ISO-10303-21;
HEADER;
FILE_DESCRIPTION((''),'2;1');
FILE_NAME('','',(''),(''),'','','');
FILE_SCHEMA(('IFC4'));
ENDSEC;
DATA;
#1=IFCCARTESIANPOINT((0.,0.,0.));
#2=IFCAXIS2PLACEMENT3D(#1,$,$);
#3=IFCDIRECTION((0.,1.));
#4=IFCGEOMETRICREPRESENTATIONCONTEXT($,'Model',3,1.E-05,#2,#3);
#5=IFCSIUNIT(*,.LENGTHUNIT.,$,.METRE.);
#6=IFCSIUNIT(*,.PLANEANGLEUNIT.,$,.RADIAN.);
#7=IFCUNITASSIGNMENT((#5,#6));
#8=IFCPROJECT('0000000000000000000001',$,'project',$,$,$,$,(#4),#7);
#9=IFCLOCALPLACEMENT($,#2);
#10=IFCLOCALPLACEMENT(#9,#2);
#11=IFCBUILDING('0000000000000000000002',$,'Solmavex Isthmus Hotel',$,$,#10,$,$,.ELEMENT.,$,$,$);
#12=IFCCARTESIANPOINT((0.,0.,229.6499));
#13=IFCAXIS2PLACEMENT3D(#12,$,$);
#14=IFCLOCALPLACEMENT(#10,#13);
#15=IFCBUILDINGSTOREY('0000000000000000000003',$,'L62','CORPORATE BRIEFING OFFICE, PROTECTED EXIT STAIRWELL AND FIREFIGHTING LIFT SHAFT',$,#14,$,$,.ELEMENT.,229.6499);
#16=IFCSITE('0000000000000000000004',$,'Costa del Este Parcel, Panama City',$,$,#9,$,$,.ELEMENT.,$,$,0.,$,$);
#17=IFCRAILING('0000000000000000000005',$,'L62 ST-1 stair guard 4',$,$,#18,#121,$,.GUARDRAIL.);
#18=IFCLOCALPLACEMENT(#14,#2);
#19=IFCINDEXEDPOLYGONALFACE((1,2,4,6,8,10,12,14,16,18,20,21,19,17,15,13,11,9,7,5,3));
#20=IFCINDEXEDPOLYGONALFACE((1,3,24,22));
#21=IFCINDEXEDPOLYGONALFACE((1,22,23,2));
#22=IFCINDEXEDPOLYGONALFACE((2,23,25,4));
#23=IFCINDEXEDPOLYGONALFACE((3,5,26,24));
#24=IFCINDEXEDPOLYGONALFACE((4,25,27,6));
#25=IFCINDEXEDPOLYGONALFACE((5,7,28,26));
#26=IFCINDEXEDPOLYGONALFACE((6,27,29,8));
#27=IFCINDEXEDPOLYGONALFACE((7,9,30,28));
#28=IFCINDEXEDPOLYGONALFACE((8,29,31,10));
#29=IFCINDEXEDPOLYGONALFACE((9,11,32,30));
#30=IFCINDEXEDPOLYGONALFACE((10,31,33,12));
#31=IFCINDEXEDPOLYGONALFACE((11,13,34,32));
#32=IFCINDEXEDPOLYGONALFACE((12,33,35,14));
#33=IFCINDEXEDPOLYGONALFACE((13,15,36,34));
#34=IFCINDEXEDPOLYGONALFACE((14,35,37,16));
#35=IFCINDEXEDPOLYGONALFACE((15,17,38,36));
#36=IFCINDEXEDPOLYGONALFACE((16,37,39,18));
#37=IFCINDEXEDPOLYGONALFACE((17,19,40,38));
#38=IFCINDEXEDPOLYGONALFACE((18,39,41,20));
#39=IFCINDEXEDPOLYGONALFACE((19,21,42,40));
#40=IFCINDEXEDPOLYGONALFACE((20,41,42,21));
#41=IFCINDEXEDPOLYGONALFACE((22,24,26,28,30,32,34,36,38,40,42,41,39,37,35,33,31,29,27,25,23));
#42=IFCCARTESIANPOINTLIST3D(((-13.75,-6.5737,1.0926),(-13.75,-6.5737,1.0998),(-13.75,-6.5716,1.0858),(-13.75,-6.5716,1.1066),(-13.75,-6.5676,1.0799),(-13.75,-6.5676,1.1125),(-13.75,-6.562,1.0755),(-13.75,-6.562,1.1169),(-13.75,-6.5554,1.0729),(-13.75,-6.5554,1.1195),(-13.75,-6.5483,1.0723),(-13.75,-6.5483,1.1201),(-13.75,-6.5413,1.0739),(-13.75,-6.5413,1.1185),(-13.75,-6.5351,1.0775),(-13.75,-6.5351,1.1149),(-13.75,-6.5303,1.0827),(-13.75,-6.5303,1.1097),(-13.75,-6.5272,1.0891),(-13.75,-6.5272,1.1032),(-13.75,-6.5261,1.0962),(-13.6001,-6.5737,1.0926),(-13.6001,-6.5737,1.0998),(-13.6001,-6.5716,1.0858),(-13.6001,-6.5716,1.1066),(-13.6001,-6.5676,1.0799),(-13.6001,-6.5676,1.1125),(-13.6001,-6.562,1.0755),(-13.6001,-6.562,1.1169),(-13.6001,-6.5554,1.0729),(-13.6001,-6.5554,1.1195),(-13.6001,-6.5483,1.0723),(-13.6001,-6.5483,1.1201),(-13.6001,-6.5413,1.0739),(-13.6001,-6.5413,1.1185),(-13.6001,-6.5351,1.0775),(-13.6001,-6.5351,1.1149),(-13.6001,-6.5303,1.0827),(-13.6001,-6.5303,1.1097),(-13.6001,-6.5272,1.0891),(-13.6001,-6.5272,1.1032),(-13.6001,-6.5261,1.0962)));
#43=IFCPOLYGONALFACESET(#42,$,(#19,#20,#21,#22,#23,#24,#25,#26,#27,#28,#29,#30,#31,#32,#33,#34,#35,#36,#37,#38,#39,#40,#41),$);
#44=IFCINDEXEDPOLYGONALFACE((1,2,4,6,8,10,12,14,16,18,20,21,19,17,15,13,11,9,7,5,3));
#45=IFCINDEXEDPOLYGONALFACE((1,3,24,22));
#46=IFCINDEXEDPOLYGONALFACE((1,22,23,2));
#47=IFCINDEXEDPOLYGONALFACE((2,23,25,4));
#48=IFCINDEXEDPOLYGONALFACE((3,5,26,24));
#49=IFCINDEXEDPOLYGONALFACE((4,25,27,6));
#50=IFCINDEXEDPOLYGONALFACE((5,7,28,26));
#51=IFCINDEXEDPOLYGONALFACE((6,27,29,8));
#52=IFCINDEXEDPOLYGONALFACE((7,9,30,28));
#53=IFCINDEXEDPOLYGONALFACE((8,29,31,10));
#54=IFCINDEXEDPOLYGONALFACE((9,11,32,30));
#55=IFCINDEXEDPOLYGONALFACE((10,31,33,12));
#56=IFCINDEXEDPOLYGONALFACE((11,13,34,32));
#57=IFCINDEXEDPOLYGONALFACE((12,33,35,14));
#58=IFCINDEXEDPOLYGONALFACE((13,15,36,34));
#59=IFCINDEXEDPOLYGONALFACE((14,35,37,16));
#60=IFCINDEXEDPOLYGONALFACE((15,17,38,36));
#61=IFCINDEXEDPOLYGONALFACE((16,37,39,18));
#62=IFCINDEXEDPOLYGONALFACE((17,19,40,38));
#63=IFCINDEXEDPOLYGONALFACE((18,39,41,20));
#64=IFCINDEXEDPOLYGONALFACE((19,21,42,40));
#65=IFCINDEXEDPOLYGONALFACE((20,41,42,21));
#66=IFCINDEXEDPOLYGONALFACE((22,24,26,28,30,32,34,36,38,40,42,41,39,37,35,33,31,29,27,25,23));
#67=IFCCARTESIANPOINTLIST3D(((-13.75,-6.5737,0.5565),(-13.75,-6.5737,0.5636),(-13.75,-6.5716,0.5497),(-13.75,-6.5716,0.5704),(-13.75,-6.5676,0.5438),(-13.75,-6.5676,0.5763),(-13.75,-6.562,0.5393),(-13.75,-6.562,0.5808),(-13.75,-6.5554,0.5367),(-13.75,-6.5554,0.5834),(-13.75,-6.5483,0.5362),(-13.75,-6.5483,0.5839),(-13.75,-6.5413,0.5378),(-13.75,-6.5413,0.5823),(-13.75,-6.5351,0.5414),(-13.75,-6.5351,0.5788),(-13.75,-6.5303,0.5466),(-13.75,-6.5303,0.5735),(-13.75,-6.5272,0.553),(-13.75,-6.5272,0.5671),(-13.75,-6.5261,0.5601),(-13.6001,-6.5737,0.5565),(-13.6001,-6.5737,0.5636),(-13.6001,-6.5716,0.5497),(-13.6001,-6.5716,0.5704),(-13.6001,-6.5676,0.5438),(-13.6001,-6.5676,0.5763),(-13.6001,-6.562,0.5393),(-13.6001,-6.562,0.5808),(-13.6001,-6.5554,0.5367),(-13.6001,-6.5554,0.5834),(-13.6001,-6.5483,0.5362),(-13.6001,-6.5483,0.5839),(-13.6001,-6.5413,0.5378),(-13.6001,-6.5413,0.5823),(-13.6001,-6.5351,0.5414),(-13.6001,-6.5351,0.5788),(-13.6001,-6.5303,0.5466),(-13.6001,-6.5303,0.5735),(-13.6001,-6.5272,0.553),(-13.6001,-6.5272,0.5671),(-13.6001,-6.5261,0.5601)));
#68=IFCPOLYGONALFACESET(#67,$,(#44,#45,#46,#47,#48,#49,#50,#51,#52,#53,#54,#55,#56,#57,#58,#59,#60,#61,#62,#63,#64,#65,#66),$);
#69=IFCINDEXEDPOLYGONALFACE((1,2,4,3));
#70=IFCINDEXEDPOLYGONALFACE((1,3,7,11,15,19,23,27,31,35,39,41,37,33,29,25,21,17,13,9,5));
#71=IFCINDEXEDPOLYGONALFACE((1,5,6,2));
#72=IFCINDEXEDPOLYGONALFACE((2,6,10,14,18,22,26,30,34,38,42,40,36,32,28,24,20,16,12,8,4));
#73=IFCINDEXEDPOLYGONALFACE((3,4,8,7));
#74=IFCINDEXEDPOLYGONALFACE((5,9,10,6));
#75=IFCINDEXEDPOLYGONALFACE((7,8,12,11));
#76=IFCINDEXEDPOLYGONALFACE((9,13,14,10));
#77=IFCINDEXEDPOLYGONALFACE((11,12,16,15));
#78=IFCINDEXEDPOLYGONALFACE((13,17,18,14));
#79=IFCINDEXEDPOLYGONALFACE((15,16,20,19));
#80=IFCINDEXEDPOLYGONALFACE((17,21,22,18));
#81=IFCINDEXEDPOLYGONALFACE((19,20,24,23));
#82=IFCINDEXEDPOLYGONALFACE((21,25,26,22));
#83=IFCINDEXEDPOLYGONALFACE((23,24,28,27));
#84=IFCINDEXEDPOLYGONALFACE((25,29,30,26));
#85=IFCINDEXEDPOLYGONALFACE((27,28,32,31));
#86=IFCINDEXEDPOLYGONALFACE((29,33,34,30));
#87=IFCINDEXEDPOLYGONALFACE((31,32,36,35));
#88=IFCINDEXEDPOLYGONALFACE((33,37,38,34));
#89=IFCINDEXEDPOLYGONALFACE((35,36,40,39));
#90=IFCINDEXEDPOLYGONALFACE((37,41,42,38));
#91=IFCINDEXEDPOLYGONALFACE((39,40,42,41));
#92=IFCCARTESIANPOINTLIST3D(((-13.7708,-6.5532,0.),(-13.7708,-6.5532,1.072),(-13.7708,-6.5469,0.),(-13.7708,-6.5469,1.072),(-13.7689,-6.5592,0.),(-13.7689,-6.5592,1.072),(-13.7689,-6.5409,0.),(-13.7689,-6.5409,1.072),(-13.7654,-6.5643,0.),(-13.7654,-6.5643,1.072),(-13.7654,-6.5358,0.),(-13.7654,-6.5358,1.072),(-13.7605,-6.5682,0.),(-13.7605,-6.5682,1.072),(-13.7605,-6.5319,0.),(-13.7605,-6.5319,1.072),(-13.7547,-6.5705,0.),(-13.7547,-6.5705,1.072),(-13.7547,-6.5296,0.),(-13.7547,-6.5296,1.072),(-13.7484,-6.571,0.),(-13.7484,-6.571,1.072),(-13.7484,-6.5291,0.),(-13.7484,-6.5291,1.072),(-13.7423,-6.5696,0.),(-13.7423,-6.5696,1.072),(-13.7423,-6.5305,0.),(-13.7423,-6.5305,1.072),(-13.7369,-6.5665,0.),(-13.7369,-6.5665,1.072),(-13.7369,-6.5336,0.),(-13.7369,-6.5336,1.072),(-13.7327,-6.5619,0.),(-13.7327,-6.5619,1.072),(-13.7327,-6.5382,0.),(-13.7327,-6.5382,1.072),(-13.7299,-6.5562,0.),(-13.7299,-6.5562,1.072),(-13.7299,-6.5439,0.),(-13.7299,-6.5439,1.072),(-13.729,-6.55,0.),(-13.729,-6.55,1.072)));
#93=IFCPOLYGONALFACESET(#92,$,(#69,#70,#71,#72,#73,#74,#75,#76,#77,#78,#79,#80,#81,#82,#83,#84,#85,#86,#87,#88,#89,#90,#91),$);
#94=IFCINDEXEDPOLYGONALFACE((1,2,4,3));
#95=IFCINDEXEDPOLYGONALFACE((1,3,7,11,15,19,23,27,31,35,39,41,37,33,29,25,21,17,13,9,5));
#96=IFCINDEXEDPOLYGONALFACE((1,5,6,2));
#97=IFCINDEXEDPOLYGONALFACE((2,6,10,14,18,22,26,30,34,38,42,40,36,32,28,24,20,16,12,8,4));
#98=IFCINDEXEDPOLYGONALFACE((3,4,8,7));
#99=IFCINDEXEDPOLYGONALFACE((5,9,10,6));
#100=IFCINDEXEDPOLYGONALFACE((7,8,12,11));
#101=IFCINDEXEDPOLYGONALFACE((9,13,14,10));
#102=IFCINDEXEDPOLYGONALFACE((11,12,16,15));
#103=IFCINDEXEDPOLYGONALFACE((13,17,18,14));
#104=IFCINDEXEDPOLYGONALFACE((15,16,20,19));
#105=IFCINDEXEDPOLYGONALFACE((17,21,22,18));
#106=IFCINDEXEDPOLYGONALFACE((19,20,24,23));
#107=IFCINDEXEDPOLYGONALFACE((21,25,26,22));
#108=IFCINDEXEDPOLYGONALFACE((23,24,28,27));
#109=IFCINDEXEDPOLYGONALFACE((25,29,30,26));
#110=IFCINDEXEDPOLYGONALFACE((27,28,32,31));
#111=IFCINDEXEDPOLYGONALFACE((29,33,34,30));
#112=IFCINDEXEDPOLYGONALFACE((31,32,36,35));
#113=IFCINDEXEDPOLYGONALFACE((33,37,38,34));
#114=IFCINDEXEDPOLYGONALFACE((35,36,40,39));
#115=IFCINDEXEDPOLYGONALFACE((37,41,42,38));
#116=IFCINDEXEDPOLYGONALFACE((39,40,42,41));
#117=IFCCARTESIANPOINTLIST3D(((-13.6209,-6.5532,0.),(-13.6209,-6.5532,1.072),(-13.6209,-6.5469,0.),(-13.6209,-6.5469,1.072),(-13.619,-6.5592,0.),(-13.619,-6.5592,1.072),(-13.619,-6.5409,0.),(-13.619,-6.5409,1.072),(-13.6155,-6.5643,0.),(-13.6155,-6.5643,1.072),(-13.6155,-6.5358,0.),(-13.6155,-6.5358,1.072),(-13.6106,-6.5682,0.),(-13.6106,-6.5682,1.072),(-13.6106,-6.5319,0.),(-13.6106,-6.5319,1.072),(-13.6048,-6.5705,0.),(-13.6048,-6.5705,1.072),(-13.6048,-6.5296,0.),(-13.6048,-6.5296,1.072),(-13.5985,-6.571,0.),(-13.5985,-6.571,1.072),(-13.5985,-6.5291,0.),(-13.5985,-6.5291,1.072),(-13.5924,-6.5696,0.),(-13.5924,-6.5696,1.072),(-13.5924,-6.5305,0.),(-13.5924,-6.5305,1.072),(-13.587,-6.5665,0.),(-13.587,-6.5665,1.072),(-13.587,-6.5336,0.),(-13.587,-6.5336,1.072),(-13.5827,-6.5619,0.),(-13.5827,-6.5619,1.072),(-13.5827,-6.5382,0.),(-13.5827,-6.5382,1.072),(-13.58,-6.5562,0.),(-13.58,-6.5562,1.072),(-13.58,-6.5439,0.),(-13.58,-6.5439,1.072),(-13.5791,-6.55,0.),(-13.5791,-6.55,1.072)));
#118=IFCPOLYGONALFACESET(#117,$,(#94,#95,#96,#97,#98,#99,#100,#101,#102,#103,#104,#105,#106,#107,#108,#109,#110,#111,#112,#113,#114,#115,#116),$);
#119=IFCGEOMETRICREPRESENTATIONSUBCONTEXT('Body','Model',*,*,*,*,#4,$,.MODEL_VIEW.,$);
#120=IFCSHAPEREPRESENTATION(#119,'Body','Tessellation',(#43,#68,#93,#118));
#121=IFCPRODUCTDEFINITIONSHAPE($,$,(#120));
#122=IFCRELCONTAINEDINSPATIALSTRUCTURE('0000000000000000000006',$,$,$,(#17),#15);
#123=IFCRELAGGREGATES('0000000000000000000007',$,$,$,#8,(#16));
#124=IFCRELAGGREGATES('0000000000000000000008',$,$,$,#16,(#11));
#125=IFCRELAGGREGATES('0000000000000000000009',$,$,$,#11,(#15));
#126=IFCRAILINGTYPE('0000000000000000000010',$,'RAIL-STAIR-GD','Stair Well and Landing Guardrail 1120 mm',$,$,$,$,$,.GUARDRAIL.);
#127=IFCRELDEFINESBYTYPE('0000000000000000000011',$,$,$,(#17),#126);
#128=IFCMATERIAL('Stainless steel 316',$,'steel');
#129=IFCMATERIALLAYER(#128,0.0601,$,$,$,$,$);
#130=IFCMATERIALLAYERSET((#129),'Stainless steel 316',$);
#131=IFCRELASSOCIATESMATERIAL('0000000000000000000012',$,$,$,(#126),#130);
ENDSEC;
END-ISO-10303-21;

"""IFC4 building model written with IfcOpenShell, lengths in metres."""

from ifc_helpers import new_model, si_unit, direction, frame, origin, origin_2d, place, context, subcontext, project, spatial, circle, extrude, material, layer, layer_set, type_object, element, save


model = new_model("IFC4")

# Units and contexts
model_context = context("Model", 3, precision=1e-05, world=origin(), true_north=direction((0.0, 1.0)))
body_context = subcontext(model_context, "Body", "Model", "MODEL_VIEW")
ifc_project = project(units=[si_unit("LENGTHUNIT", "METRE"), si_unit("PLANEANGLEUNIT", "RADIAN")], contexts=[model_context])

# Site, building, storey
site_placement = place(None, origin())
site = spatial("IfcSite", under=ifc_project, at=site_placement, Name="Costa del Este Parcel, Panama City", CompositionType="ELEMENT", RefElevation=0.0)
building_placement = place(site_placement, origin())
building = spatial("IfcBuilding", under=site, at=building_placement, Name="Solmavex Isthmus Hotel", CompositionType="ELEMENT")
storey_placement = place(building_placement, frame((0.0, 0.0, 229.6499)))
storey = spatial("IfcBuildingStorey", under=building, at=storey_placement, Name="L62", Description="CORPORATE BRIEFING OFFICE, PROTECTED EXIT STAIRWELL AND FIREFIGHTING LIFT SHAFT", CompositionType="ELEMENT", Elevation=229.6499)

# Railing
ifc_material_1 = material(Name="Stainless steel 316", Category="steel")
ifc_layer_1 = layer(ifc_material_1, 0.0601)
ifc_layer_set_1 = layer_set([ifc_layer_1], Name="Stainless steel 316")
railing_type_1 = type_object("IfcRailingType", Name="RAIL-STAIR-GD", Description="Stair Well and Landing Guardrail 1120 mm", PredefinedType="GUARDRAIL", material=ifc_layer_set_1)
railing_1_placement = place(storey_placement, frame((-13.75, -6.55, 0.0)))
element("IfcRailing", 1, at=railing_1_placement, inside=storey, type_object=railing_type_1, Name="L62 ST-1 stair guard 4", PredefinedType="GUARDRAIL", context=body_context, shape_type="SweptSolid", body=[
    extrude(circle(Radius=0.0239, at=origin_2d()), frame((0.0, 0.0, 1.0962), z_axis=(1.0, 0.0, 0.0), x_axis=(0.0, 1.0, 0.0)), (0.0, 0.0, 1.0), 0.1499),
    extrude(circle(Radius=0.0239, at=origin_2d()), frame((0.0, 0.0, 0.5601), z_axis=(1.0, 0.0, 0.0), x_axis=(0.0, 1.0, 0.0)), (0.0, 0.0, 1.0), 0.1499),
    extrude(circle(Radius=0.021, at=origin_2d()), origin(), (0.0, 0.0, 1.0), 1.072),
    extrude(circle(Radius=0.021, at=origin_2d()), frame((0.1499, 0.0, 0.0)), (0.0, 0.0, 1.0), 1.072),
])

save(model, "model.ifc")
